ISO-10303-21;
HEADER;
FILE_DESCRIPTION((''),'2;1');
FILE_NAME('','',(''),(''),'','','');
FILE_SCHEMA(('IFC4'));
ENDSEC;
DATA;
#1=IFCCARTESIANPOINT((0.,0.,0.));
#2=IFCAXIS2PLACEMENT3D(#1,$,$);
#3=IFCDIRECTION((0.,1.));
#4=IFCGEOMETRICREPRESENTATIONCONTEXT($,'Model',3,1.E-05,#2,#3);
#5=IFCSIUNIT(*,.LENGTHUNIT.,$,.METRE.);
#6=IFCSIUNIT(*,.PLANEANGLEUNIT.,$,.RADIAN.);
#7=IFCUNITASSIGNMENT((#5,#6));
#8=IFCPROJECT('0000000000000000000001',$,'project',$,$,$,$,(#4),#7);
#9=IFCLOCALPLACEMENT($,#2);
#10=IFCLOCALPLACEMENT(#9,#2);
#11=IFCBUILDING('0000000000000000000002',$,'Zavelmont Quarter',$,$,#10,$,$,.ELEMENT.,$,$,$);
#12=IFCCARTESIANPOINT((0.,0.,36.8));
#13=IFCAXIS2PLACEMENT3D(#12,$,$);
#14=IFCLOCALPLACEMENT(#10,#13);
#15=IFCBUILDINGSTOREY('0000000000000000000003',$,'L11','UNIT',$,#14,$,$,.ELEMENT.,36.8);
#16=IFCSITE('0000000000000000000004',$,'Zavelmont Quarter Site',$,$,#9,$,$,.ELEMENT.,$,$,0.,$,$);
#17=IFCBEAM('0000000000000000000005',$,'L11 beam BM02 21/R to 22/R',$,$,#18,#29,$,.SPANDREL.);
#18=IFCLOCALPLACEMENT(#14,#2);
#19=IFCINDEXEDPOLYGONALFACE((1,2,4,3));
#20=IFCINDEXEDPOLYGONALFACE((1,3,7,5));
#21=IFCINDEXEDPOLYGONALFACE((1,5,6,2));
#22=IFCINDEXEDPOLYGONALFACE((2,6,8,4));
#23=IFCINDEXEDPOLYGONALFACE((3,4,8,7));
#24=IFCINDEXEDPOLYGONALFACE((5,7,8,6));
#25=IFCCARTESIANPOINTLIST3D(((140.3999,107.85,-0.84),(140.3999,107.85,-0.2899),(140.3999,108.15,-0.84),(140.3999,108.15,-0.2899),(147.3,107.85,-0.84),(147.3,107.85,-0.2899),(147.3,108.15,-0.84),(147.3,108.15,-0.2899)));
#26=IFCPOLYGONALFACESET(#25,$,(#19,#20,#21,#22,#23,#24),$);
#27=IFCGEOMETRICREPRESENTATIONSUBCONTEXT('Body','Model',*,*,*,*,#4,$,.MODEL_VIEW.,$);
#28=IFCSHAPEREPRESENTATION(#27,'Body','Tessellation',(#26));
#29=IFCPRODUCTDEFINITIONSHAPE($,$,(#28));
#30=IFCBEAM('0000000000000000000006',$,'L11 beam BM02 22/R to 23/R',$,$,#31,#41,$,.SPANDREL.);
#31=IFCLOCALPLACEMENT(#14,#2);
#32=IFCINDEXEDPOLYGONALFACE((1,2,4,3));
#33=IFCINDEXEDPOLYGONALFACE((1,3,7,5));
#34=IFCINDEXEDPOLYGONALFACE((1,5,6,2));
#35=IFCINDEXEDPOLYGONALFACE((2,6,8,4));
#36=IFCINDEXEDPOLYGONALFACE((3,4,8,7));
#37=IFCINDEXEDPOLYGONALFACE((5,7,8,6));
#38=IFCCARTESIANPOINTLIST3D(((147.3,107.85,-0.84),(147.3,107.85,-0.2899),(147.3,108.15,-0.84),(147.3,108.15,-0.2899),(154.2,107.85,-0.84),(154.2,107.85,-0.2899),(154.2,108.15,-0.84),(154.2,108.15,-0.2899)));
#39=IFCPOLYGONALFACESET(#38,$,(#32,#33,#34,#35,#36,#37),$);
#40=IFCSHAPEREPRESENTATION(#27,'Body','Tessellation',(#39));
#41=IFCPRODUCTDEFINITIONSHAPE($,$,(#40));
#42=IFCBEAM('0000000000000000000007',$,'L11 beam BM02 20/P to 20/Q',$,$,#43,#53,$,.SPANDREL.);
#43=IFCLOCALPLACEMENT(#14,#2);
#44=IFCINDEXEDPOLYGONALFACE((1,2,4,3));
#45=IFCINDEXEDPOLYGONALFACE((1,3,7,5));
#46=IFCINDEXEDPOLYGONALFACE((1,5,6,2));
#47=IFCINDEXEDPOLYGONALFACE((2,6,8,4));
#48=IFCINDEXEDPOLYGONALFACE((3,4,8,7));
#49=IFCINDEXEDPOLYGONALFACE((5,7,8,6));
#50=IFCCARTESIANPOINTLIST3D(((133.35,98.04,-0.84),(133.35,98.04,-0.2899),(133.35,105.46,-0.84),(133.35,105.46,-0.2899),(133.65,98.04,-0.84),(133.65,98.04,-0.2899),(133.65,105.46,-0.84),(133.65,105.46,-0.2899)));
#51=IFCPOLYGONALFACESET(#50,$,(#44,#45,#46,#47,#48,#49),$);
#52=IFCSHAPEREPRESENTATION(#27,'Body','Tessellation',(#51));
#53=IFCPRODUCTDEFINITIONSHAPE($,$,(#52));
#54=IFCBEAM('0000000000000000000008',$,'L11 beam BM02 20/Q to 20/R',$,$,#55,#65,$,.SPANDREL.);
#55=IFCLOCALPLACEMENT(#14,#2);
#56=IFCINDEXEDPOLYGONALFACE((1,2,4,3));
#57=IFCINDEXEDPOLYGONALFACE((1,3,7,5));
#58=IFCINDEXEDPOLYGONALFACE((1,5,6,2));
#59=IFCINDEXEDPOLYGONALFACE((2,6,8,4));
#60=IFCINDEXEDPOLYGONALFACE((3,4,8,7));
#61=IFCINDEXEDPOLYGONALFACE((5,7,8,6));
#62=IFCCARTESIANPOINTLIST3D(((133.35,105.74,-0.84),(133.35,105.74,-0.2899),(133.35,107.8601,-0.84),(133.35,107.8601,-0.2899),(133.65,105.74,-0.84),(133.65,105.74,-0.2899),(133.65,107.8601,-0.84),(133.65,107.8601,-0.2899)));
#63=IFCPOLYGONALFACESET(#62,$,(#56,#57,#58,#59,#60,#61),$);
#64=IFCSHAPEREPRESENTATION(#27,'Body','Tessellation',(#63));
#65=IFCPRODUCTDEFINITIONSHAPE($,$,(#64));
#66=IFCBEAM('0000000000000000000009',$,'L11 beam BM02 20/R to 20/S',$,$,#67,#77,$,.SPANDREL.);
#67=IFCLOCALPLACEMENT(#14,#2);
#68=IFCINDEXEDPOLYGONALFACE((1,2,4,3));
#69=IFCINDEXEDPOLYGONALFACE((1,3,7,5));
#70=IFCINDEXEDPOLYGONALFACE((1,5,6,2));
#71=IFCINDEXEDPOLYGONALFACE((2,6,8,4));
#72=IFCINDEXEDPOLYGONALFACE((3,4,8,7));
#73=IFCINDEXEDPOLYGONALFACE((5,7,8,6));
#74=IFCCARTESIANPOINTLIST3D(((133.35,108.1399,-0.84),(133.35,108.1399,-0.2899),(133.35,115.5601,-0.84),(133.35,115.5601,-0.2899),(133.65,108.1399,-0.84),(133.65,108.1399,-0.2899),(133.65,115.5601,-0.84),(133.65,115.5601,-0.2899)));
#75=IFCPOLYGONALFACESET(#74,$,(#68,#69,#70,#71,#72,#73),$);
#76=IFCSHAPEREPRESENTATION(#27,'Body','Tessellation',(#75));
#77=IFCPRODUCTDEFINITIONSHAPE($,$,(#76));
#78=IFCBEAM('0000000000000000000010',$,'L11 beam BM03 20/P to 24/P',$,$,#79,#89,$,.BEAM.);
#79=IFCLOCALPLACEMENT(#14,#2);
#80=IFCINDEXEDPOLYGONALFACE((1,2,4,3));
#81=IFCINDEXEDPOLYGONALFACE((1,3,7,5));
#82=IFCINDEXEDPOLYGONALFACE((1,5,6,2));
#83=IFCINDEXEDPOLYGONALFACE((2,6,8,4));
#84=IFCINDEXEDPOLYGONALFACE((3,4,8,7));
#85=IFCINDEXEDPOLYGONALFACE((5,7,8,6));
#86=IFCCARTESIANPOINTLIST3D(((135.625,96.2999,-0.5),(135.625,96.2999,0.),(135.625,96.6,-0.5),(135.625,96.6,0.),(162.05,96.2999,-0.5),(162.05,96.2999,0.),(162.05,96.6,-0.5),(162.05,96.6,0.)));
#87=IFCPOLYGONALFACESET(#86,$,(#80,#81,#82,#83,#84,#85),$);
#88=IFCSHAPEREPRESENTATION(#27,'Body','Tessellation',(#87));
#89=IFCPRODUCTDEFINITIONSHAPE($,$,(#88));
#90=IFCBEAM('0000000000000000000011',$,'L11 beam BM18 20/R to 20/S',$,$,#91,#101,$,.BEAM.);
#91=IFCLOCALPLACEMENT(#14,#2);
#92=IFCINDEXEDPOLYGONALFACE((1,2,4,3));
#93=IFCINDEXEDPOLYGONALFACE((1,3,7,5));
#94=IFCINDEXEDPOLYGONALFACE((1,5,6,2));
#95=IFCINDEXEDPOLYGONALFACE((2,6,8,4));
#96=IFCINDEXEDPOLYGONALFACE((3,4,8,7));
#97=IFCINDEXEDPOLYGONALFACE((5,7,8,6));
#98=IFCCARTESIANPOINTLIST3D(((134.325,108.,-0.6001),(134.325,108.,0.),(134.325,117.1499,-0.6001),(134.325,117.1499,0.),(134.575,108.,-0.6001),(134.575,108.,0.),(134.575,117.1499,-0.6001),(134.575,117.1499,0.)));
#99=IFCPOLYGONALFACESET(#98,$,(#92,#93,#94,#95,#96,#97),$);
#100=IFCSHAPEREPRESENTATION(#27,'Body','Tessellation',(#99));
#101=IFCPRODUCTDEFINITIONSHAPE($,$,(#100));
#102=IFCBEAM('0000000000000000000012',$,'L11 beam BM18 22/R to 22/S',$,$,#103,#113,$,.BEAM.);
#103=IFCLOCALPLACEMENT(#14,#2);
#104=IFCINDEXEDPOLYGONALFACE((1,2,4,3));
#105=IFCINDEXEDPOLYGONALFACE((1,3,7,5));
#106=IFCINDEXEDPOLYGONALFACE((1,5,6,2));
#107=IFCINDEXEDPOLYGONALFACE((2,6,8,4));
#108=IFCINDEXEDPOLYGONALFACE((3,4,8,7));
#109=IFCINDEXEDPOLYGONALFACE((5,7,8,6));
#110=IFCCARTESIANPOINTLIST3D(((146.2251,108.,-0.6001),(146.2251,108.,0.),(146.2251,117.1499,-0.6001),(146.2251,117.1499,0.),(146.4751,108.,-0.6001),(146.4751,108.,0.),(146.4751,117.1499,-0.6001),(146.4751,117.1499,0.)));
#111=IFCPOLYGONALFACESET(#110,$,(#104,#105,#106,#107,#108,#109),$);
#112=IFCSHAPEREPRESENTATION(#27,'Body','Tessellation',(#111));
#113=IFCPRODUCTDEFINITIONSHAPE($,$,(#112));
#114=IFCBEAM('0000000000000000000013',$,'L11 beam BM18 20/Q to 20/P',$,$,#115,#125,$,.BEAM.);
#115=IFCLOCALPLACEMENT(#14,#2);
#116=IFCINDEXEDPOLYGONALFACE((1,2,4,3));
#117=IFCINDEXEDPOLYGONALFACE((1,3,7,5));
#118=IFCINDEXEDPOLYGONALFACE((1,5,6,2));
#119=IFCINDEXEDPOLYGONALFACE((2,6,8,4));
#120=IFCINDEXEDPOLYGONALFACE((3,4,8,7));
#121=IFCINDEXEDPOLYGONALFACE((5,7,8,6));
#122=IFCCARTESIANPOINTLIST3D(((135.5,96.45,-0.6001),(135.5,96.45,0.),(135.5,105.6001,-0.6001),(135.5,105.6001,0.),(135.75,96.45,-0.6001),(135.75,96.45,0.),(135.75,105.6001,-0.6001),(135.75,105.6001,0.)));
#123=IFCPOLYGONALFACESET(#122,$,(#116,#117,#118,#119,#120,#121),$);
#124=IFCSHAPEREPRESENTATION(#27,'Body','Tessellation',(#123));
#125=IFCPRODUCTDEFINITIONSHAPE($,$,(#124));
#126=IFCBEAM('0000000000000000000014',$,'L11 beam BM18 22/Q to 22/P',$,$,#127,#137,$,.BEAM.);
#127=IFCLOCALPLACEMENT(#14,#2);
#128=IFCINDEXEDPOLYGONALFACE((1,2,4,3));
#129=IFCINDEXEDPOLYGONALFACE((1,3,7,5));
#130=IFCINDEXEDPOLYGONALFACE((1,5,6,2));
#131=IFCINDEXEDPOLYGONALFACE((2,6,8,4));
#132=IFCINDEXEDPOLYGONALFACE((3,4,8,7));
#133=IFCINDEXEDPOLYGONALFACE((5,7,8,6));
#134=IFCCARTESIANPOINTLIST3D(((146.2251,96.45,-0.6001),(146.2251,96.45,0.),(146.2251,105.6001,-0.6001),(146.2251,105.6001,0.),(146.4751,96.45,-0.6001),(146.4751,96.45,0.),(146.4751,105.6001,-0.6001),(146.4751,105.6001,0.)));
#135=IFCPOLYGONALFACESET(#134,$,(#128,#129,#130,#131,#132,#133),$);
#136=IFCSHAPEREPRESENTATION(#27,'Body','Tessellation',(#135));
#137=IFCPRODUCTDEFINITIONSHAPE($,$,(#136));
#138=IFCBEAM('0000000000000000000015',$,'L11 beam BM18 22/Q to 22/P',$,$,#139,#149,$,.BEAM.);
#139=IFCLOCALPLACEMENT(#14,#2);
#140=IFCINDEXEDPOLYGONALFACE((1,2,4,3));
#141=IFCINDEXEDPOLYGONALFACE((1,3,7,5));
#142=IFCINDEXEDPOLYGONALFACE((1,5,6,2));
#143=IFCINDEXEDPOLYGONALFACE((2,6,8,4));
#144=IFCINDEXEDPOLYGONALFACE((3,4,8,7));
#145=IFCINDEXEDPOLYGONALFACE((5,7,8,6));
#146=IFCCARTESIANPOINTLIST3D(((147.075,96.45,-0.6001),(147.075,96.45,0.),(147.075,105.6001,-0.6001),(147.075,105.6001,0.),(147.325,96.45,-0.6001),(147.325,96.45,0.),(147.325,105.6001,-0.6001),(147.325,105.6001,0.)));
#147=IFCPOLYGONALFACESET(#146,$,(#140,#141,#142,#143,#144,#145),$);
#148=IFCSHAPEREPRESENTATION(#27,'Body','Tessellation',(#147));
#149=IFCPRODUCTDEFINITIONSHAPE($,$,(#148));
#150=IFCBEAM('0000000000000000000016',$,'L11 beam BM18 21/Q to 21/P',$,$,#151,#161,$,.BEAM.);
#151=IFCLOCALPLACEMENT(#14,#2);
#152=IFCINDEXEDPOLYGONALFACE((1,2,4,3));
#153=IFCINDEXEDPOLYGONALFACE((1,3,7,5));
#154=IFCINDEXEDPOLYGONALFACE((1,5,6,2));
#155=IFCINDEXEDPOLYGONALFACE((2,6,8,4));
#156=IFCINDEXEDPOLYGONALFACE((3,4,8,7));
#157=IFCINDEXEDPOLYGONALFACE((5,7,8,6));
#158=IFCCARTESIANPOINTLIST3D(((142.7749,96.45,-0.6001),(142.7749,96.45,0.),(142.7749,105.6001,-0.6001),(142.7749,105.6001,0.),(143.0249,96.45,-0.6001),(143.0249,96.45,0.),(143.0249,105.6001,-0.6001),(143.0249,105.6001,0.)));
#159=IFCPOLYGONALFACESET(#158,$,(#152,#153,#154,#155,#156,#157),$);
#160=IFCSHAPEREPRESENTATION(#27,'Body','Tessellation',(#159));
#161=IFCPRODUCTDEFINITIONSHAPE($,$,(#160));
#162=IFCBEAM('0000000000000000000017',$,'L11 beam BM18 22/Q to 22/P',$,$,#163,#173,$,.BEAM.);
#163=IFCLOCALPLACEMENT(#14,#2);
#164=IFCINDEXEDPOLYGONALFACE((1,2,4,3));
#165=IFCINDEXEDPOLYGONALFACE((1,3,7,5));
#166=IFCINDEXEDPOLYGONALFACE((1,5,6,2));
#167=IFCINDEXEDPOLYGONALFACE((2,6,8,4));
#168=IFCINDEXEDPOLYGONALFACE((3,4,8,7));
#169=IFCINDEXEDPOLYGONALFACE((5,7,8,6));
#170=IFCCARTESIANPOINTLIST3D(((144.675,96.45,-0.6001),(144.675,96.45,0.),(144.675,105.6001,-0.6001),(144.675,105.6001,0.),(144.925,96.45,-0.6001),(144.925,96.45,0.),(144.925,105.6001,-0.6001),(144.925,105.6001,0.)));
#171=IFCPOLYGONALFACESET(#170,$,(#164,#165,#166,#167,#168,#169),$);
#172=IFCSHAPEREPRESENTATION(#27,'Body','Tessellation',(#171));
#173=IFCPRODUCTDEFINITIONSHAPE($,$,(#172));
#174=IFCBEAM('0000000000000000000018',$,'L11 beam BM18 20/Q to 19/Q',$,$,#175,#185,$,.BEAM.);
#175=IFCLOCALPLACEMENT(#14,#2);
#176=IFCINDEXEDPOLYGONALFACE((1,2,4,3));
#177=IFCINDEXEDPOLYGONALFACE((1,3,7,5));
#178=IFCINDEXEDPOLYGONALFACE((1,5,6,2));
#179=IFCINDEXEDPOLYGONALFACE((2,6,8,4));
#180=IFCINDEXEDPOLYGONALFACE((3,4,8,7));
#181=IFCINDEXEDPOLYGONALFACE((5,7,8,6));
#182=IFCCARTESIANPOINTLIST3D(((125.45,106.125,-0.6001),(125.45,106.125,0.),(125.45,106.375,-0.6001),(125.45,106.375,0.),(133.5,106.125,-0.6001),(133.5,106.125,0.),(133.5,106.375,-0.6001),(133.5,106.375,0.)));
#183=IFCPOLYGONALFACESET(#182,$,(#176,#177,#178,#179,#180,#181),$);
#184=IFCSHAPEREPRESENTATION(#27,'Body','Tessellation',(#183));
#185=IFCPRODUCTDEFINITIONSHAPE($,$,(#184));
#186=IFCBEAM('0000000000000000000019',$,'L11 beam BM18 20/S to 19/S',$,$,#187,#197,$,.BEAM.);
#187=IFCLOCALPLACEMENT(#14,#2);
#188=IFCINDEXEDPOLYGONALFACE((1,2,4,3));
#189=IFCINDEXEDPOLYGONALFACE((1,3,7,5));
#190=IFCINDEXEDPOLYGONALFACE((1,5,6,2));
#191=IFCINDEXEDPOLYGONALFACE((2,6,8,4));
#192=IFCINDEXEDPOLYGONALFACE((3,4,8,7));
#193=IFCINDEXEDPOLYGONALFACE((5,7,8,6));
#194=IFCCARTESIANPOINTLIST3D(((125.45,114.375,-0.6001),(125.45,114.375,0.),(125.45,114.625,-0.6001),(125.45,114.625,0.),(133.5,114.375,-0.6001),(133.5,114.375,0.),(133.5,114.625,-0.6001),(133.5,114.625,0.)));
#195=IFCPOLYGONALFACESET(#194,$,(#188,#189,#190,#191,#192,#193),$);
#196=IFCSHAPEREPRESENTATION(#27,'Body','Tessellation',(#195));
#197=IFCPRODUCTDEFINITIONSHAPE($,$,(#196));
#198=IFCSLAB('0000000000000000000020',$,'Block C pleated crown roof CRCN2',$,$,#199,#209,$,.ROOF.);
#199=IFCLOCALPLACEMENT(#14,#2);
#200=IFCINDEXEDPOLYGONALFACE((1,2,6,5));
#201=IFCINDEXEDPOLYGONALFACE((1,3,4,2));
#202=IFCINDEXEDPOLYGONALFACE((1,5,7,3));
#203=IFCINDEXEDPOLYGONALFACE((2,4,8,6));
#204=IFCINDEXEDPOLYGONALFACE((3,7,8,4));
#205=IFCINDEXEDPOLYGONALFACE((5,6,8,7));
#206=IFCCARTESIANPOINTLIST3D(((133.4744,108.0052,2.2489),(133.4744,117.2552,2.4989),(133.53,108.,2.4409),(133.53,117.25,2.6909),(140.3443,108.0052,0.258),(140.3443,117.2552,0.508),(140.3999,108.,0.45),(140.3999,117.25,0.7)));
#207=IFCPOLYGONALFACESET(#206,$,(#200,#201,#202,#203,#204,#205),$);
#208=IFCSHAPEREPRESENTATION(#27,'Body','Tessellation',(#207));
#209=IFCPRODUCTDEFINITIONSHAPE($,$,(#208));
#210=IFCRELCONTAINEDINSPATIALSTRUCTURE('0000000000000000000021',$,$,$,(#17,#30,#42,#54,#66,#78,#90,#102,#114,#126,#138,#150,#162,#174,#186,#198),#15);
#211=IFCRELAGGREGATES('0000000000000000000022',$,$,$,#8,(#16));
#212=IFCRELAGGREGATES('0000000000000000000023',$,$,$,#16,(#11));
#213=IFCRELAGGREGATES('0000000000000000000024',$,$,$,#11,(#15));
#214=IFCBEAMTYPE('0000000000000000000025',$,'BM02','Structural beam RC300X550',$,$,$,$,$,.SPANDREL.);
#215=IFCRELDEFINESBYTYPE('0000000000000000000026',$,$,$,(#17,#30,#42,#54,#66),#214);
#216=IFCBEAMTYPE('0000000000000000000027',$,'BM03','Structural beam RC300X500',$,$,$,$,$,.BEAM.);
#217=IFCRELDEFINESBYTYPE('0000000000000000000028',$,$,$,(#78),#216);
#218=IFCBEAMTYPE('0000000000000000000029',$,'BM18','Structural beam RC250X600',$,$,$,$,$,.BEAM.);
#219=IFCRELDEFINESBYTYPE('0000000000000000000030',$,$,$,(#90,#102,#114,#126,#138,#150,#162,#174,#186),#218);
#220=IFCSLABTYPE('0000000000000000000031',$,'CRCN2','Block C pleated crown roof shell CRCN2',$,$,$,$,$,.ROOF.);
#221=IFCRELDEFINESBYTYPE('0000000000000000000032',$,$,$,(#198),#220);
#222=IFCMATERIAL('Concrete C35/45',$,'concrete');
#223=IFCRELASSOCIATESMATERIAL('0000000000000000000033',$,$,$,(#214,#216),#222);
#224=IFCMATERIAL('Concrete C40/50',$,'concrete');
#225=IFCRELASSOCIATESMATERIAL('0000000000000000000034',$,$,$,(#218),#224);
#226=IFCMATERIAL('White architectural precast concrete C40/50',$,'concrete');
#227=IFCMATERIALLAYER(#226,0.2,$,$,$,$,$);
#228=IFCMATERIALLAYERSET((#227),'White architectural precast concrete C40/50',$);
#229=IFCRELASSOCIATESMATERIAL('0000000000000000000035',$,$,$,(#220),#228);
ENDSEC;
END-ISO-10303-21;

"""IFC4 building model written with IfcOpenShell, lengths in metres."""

from ifc_helpers import new_model, si_unit, direction, frame, origin, origin_2d, place, context, subcontext, project, spatial, polyline, rectangle, outline, extrude, material, layer, layer_set, material_profile, profile_set, type_object, element, save


model = new_model("IFC4")

# Units and contexts
model_context = context("Model", 3, precision=1e-05, world=origin(), true_north=direction((0.0, 1.0)))
body_context = subcontext(model_context, "Body", "Model", "MODEL_VIEW")
ifc_project = project(units=[si_unit("LENGTHUNIT", "METRE"), si_unit("PLANEANGLEUNIT", "RADIAN")], contexts=[model_context])

# Site, building, storey
site_placement = place(None, origin())
site = spatial("IfcSite", under=ifc_project, at=site_placement, Name="Zavelmont Quarter Site", CompositionType="ELEMENT", RefElevation=0.0)
building_placement = place(site_placement, origin())
building = spatial("IfcBuilding", under=site, at=building_placement, Name="Zavelmont Quarter", CompositionType="ELEMENT")
storey_placement = place(building_placement, frame((0.0, 0.0, 36.8)))
storey = spatial("IfcBuildingStorey", under=building, at=storey_placement, Name="L11", Description="UNIT", CompositionType="ELEMENT", Elevation=36.8)

# Shared definitions
ifc_material_1 = material(Name="Concrete C35/45", Category="concrete")

# Beams
ifc_material_profile_1 = material_profile(ifc_material_1, rectangle(XDim=0.3, YDim=0.55, at=origin_2d()), Name="RC300X550")
ifc_profile_set_1 = profile_set([ifc_material_profile_1], Name="Concrete C35/45")
beam_type_1 = type_object("IfcBeamType", Name="BM02", Description="Structural beam RC300X550", PredefinedType="SPANDREL", material=ifc_profile_set_1)
beam_1_placement = place(storey_placement, frame((140.3999, 108.0, -0.5649), z_axis=(1.0, 0.0, 0.0), x_axis=(0.0, 1.0, 0.0)))
element("IfcBeam", 1, at=beam_1_placement, inside=storey, type_object=beam_type_1, Name="L11 beam BM02 21/R to 22/R", PredefinedType="SPANDREL", context=body_context, shape_type="SweptSolid", body=[
    extrude(rectangle(XDim=0.3, YDim=0.55, at=origin_2d()), origin(), (0.0, 0.0, 1.0), 6.9001),
])
beam_2_placement = place(storey_placement, frame((147.3, 108.0, -0.5649), z_axis=(1.0, 0.0, 0.0), x_axis=(0.0, 1.0, 0.0)))
element("IfcBeam", 2, at=beam_2_placement, inside=storey, type_object=beam_type_1, Name="L11 beam BM02 22/R to 23/R", PredefinedType="SPANDREL", context=body_context, shape_type="SweptSolid", body=[
    extrude(rectangle(XDim=0.3, YDim=0.55, at=origin_2d()), origin(), (0.0, 0.0, 1.0), 6.8999),
])
beam_3_placement = place(storey_placement, frame((133.5, 98.04, -0.5649), z_axis=(0.0, 1.0, 0.0), x_axis=(-1.0, 0.0, 0.0)))
element("IfcBeam", 3, at=beam_3_placement, inside=storey, type_object=beam_type_1, Name="L11 beam BM02 20/P to 20/Q", PredefinedType="SPANDREL", context=body_context, shape_type="SweptSolid", body=[
    extrude(rectangle(XDim=0.3, YDim=0.55, at=origin_2d()), origin(), (0.0, 0.0, 1.0), 7.4199),
])
beam_4_placement = place(storey_placement, frame((133.5, 105.74, -0.5649), z_axis=(0.0, 1.0, 0.0), x_axis=(-1.0, 0.0, 0.0)))
element("IfcBeam", 4, at=beam_4_placement, inside=storey, type_object=beam_type_1, Name="L11 beam BM02 20/Q to 20/R", PredefinedType="SPANDREL", context=body_context, shape_type="SweptSolid", body=[
    extrude(rectangle(XDim=0.3, YDim=0.55, at=origin_2d()), origin(), (0.0, 0.0, 1.0), 2.1201),
])
beam_5_placement = place(storey_placement, frame((133.5, 108.1399, -0.5649), z_axis=(0.0, 1.0, 0.0), x_axis=(-1.0, 0.0, 0.0)))
element("IfcBeam", 5, at=beam_5_placement, inside=storey, type_object=beam_type_1, Name="L11 beam BM02 20/R to 20/S", PredefinedType="SPANDREL", context=body_context, shape_type="SweptSolid", body=[
    extrude(rectangle(XDim=0.3, YDim=0.55, at=origin_2d()), origin(), (0.0, 0.0, 1.0), 7.4202),
])
ifc_material_profile_2 = material_profile(ifc_material_1, rectangle(XDim=0.3, YDim=0.5, at=origin_2d()), Name="RC300X500")
ifc_profile_set_2 = profile_set([ifc_material_profile_2], Name="Concrete C35/45")
beam_type_2 = type_object("IfcBeamType", Name="BM03", Description="Structural beam RC300X500", PredefinedType="BEAM", material=ifc_profile_set_2)
beam_6_placement = place(storey_placement, frame((135.625, 96.45, -0.25), z_axis=(1.0, 0.0, 0.0), x_axis=(0.0, 1.0, 0.0)))
element("IfcBeam", 6, at=beam_6_placement, inside=storey, type_object=beam_type_2, Name="L11 beam BM03 20/P to 24/P", PredefinedType="BEAM", context=body_context, shape_type="SweptSolid", body=[
    extrude(rectangle(XDim=0.3, YDim=0.5, at=origin_2d()), origin(), (0.0, 0.0, 1.0), 26.425),
])
ifc_material_2 = material(Name="Concrete C40/50", Category="concrete")
ifc_material_profile_3 = material_profile(ifc_material_2, rectangle(XDim=0.25, YDim=0.6001, at=origin_2d()), Name="RC250X600")
ifc_profile_set_3 = profile_set([ifc_material_profile_3], Name="Concrete C40/50")
beam_type_3 = type_object("IfcBeamType", Name="BM18", Description="Structural beam RC250X600", PredefinedType="BEAM", material=ifc_profile_set_3)
for number, where, z_axis, x_axis, name in (
    (7, (134.45, 108.0, -0.3), (0.0, 1.0, 0.0), (-1.0, 0.0, 0.0), "L11 beam BM18 20/R to 20/S"),
    (8, (146.3501, 108.0, -0.3), (0.0, 1.0, 0.0), (-1.0, 0.0, 0.0), "L11 beam BM18 22/R to 22/S"),
):
    element("IfcBeam", number, at=place(storey_placement, frame(where, z_axis=z_axis, x_axis=x_axis)), inside=storey, type_object=beam_type_3, Name=name, PredefinedType="BEAM", context=body_context, shape_type="SweptSolid", body=[
        extrude(rectangle(XDim=0.25, YDim=0.6001, at=origin_2d()), origin(), (0.0, 0.0, 1.0), 9.1499),
    ])
for number, where, z_axis, x_axis, name in (
    (9, (135.625, 105.6001, -0.3), (0.0, -1.0, 0.0), (1.0, 0.0, 0.0), "L11 beam BM18 20/Q to 20/P"),
    (10, (146.3501, 105.6001, -0.3), (0.0, -1.0, 0.0), (1.0, 0.0, 0.0), "L11 beam BM18 22/Q to 22/P"),
    (11, (147.2, 105.6001, -0.3), (0.0, -1.0, 0.0), (1.0, 0.0, 0.0), "L11 beam BM18 22/Q to 22/P"),
    (12, (142.8999, 105.6001, -0.3), (0.0, -1.0, 0.0), (1.0, 0.0, 0.0), "L11 beam BM18 21/Q to 21/P"),
    (13, (144.8, 105.6001, -0.3), (0.0, -1.0, 0.0), (1.0, 0.0, 0.0), "L11 beam BM18 22/Q to 22/P"),
):
    element("IfcBeam", number, at=place(storey_placement, frame(where, z_axis=z_axis, x_axis=x_axis)), inside=storey, type_object=beam_type_3, Name=name, PredefinedType="BEAM", context=body_context, shape_type="SweptSolid", body=[
        extrude(rectangle(XDim=0.25, YDim=0.6001, at=origin_2d()), origin(), (0.0, 0.0, 1.0), 9.1501),
    ])
for number, where, z_axis, x_axis, name in (
    (14, (133.5, 106.25, -0.3), (-1.0, 0.0, 0.0), (0.0, -1.0, 0.0), "L11 beam BM18 20/Q to 19/Q"),
    (15, (133.5, 114.5, -0.3), (-1.0, 0.0, 0.0), (0.0, -1.0, 0.0), "L11 beam BM18 20/S to 19/S"),
):
    element("IfcBeam", number, at=place(storey_placement, frame(where, z_axis=z_axis, x_axis=x_axis)), inside=storey, type_object=beam_type_3, Name=name, PredefinedType="BEAM", context=body_context, shape_type="SweptSolid", body=[
        extrude(rectangle(XDim=0.25, YDim=0.6001, at=origin_2d()), origin(), (0.0, 0.0, 1.0), 8.05),
    ])

# Slab
ifc_material_3 = material(Name="White architectural precast concrete C40/50", Category="concrete")
ifc_layer_1 = layer(ifc_material_3, 0.2)
ifc_layer_set_1 = layer_set([ifc_layer_1], Name="White architectural precast concrete C40/50")
slab_type_1 = type_object("IfcSlabType", Name="CRCN2", Description="Block C pleated crown roof shell CRCN2", PredefinedType="ROOF", material=ifc_layer_set_1)
slab_1_placement = place(storey_placement, frame((133.53, 108.0, 2.4409), z_axis=(0.278264, -0.02595, 0.960154), x_axis=(0.960478, 0.0, -0.278357)))
element("IfcSlab", 16, at=slab_1_placement, inside=storey, type_object=slab_type_1, Name="Block C pleated crown roof CRCN2", PredefinedType="ROOF", context=body_context, shape_type="SweptSolid", body=[
    extrude(outline(polyline([(0.0, 0.0), (7.1526, 0.0), (7.083, 9.2531), (-0.0696, 9.2531), (0.0, 0.0)])), origin(), (0.0, 0.0, -1.0), 0.2),
])

save(model, "model.ifc")
